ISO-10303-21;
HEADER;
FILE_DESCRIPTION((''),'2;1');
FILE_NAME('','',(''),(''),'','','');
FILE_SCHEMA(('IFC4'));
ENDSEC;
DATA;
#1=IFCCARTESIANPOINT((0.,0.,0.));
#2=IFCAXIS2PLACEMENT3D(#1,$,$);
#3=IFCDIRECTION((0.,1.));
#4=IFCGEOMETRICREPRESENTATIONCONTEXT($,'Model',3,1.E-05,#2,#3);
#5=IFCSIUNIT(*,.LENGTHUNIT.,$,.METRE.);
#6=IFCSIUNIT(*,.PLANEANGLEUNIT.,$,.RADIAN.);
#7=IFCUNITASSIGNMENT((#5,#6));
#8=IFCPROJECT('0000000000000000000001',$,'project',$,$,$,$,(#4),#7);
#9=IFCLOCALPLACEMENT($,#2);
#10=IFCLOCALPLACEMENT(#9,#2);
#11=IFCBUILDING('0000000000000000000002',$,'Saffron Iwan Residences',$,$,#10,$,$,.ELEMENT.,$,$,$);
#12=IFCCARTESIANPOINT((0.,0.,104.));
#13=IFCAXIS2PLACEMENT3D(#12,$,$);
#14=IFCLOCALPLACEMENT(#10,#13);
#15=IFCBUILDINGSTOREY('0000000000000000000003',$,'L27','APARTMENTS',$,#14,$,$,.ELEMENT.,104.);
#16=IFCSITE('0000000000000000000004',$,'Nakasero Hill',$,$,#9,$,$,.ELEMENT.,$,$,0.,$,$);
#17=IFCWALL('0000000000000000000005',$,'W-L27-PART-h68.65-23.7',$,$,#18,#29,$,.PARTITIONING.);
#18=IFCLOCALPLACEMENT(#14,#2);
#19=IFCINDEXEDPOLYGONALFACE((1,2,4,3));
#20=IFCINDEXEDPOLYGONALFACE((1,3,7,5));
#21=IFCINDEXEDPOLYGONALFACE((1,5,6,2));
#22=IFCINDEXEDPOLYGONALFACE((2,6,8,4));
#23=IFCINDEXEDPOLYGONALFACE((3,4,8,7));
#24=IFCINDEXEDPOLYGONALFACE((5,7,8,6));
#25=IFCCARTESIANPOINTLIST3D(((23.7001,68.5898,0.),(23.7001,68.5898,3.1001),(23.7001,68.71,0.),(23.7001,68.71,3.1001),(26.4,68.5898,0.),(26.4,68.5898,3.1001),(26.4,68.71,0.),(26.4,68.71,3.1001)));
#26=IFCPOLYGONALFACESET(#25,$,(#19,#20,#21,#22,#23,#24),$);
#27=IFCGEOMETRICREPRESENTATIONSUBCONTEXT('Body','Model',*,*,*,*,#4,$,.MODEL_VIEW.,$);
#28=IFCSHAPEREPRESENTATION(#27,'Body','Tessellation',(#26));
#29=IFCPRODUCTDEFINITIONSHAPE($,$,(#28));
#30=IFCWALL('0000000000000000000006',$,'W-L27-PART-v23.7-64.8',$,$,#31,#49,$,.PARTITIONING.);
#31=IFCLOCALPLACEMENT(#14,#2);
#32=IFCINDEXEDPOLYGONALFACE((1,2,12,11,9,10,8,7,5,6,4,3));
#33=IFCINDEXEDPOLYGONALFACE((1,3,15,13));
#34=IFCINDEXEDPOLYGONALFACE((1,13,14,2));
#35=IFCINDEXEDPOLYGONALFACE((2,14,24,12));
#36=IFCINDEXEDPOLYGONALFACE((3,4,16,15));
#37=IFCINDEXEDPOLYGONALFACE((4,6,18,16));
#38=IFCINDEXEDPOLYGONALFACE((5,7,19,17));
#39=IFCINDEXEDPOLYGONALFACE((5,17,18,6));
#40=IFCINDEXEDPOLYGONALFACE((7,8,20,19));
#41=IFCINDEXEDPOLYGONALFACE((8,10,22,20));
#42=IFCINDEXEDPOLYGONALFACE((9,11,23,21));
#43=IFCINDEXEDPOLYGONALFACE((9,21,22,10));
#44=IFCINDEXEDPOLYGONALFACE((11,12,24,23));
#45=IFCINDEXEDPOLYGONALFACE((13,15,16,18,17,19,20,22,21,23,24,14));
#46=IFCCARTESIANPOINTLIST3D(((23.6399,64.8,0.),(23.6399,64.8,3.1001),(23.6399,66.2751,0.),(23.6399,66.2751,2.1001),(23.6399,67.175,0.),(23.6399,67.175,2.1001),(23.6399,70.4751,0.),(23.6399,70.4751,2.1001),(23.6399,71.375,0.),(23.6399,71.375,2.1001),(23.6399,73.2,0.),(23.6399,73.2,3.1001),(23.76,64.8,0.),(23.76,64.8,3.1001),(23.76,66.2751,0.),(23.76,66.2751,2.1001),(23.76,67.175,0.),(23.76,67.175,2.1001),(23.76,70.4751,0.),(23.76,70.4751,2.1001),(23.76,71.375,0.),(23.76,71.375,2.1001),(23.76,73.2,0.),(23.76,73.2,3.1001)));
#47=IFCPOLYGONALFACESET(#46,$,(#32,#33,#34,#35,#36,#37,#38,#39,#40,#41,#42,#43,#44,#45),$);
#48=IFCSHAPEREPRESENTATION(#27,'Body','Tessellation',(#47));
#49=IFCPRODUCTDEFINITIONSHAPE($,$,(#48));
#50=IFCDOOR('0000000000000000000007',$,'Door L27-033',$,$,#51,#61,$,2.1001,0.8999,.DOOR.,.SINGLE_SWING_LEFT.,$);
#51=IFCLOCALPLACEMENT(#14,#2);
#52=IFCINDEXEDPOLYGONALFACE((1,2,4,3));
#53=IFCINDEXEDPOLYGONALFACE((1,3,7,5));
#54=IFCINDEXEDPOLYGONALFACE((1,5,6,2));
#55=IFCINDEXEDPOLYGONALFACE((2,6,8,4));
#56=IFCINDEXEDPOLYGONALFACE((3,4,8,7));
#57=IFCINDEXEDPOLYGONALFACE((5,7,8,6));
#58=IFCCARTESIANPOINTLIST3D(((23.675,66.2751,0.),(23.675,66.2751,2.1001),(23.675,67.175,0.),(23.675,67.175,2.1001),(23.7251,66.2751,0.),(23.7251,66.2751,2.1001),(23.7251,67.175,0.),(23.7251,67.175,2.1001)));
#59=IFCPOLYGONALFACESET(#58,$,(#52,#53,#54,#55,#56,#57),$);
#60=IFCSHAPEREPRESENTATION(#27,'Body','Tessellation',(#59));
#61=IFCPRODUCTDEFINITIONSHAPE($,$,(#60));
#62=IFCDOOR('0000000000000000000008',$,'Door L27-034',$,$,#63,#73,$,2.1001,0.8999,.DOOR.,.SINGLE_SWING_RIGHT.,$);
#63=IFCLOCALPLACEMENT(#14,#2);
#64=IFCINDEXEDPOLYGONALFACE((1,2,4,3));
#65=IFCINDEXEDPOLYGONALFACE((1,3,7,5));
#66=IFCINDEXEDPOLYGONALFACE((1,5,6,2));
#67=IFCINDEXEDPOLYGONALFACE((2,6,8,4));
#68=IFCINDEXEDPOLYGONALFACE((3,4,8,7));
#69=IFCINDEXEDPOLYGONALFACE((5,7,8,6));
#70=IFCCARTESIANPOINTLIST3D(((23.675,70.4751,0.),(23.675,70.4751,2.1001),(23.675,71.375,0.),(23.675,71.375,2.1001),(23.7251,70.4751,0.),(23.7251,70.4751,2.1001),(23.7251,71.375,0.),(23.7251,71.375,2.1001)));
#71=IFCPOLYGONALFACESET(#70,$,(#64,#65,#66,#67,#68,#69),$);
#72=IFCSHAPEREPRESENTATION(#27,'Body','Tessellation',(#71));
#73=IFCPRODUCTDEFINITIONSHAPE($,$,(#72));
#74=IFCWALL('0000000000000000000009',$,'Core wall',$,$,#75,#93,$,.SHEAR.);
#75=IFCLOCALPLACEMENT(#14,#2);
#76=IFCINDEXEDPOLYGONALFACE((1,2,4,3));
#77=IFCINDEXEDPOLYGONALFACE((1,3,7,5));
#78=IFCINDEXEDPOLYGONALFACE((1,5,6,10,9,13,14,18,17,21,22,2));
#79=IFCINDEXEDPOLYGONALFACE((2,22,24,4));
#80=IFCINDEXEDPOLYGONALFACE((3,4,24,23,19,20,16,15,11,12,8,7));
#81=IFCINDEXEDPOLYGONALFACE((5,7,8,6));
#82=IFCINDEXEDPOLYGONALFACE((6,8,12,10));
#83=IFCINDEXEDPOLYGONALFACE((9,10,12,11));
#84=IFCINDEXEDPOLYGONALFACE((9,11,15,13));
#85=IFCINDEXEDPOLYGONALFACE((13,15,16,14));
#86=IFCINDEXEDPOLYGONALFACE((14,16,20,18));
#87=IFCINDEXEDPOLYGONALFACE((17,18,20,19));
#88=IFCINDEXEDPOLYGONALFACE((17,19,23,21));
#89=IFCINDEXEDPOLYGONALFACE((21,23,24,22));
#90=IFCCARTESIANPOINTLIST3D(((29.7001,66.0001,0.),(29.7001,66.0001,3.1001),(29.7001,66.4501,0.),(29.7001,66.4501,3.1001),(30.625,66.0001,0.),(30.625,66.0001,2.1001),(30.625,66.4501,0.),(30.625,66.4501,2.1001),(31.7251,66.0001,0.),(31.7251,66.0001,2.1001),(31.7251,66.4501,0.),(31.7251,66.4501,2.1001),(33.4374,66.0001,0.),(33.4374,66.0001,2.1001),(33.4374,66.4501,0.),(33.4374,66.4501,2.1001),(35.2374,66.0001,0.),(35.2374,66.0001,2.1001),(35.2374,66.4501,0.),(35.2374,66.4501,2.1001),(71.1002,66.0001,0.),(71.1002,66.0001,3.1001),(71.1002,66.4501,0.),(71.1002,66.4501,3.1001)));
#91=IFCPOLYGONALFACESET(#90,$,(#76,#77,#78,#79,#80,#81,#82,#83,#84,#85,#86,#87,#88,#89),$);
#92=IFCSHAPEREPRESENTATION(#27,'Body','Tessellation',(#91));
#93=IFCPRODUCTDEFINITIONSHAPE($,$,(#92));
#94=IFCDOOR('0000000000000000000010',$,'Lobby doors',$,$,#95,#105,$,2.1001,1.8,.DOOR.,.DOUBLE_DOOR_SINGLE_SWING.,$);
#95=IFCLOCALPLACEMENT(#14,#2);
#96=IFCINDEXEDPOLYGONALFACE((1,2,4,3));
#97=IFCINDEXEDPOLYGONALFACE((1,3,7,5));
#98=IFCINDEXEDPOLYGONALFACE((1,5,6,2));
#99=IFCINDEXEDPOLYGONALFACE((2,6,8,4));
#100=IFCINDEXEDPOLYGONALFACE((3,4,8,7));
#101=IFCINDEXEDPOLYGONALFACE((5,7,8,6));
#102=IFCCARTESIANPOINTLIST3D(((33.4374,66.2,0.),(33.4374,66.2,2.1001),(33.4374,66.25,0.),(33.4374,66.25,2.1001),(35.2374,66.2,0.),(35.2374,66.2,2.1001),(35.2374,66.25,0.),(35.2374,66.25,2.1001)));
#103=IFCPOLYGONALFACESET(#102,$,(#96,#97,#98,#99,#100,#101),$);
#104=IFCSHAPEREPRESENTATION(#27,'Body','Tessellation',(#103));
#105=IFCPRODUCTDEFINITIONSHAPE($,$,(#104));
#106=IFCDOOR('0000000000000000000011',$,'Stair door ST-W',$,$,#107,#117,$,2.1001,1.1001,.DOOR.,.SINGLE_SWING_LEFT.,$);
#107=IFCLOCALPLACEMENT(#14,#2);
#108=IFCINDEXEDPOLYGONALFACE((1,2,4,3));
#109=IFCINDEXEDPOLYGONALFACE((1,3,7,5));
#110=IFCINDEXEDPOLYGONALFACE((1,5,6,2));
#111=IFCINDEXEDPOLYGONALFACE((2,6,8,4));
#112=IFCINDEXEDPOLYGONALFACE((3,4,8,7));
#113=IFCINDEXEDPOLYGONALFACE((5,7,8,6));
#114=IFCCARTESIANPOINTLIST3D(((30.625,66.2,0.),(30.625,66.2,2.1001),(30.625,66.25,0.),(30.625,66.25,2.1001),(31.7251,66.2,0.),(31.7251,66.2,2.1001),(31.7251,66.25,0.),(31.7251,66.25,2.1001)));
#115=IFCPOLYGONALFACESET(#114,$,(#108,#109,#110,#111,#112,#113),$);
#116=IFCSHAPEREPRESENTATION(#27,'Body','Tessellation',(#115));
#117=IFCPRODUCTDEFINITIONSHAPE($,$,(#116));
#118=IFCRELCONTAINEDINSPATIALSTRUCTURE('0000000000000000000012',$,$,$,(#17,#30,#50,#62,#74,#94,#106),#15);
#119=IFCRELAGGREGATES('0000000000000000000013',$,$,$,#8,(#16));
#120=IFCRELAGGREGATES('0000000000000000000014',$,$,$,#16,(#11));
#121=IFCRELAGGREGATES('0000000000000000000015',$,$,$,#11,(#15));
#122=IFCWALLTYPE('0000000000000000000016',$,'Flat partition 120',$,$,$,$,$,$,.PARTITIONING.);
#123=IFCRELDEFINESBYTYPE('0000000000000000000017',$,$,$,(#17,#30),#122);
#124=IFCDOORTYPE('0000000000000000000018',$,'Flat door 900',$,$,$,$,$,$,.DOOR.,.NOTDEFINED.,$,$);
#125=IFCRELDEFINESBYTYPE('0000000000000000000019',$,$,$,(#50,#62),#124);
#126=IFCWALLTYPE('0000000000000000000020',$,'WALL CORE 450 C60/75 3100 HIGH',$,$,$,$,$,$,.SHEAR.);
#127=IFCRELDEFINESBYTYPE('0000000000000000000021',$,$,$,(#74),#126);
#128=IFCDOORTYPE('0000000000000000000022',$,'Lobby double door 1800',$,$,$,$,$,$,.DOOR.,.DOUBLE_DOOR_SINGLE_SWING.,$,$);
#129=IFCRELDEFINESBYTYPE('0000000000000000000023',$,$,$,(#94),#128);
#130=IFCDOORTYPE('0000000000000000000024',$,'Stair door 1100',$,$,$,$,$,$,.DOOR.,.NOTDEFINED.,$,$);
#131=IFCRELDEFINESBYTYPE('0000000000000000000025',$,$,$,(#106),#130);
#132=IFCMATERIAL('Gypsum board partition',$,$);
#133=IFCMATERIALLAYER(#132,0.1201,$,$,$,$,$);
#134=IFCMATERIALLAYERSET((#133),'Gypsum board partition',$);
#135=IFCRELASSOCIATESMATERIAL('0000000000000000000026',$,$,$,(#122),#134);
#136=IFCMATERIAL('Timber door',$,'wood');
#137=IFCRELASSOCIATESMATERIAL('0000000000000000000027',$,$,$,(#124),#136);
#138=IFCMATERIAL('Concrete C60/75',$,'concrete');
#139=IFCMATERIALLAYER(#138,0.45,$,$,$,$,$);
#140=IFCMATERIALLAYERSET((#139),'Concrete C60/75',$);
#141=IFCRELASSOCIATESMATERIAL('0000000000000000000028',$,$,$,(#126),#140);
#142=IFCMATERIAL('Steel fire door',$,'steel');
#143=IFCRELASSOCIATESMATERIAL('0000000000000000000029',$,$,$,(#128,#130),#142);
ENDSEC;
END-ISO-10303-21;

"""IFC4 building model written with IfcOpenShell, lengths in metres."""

from ifc_helpers import new_model, si_unit, direction, frame, frame_2d, origin, place, context, subcontext, project, spatial, rectangle, extrude, material, layer, layer_set, type_object, element, fill, save


model = new_model("IFC4")

# Units and contexts
model_context = context("Model", 3, precision=1e-05, world=origin(), true_north=direction((0.0, 1.0)))
body_context = subcontext(model_context, "Body", "Model", "MODEL_VIEW")
ifc_project = project(units=[si_unit("LENGTHUNIT", "METRE"), si_unit("PLANEANGLEUNIT", "RADIAN")], contexts=[model_context])

# Site, building, storey
site_placement = place(None, origin())
site = spatial("IfcSite", under=ifc_project, at=site_placement, Name="Nakasero Hill", CompositionType="ELEMENT", RefElevation=0.0)
building_placement = place(site_placement, origin())
building = spatial("IfcBuilding", under=site, at=building_placement, Name="Saffron Iwan Residences", CompositionType="ELEMENT")
storey_placement = place(building_placement, frame((0.0, 0.0, 104.0)))
storey = spatial("IfcBuildingStorey", under=building, at=storey_placement, Name="L27", Description="APARTMENTS", CompositionType="ELEMENT", Elevation=104.0)

# Wall
ifc_material_1 = material(Name="Gypsum board partition")
ifc_layer_1 = layer(ifc_material_1, 0.1201)
ifc_layer_set_1 = layer_set([ifc_layer_1], Name="Gypsum board partition")
wall_type_1 = type_object("IfcWallType", Name="Flat partition 120", PredefinedType="PARTITIONING", material=ifc_layer_set_1)
wall_1_placement = place(storey_placement, frame((23.7, 68.6499, 0.0), z_axis=(0.0, 0.0, 1.0), x_axis=(1.0, 0.0, 0.0)))
element("IfcWall", 1, at=wall_1_placement, inside=storey, type_object=wall_type_1, Name="W-L27-PART-h68.65-23.7", PredefinedType="PARTITIONING", context=body_context, shape_type="SweptSolid", body=[
    extrude(rectangle(XDim=2.7, YDim=0.1201, at=frame_2d((1.3501, 0.0))), origin(), (0.0, 0.0, 1.0), 3.1001),
])

# Walls, openings, doors
wall_2_placement = place(storey_placement, frame((23.7, 64.8, 0.0), z_axis=(0.0, 0.0, 1.0), x_axis=(0.0, 1.0, 0.0)))
wall_2 = element("IfcWall", 2, at=wall_2_placement, inside=storey, type_object=wall_type_1, Name="W-L27-PART-v23.7-64.8", PredefinedType="PARTITIONING", context=body_context, shape_type="SweptSolid", body=[
    extrude(rectangle(XDim=8.3999, YDim=0.1201, at=frame_2d((4.2, 0.0))), origin(), (0.0, 0.0, 1.0), 3.1001),
])
opening_1_placement = place(wall_2_placement, frame((1.4751, 0.0, 0.0)))
opening_1 = element("IfcOpeningElement", 3, at=opening_1_placement, cuts=wall_2, PredefinedType="OPENING", context=body_context, shape_type="SweptSolid", body=[
    extrude(rectangle(XDim=0.8999, YDim=2.1001, at=frame_2d((0.45, 1.05))), frame((0.0, 0.0701, 0.0), z_axis=(0.0, -1.0, 0.0), x_axis=(1.0, 0.0, 0.0)), (0.0, 0.0, 1.0), 0.1401),
])
opening_2_placement = place(wall_2_placement, frame((5.675, 0.0, 0.0)))
opening_2 = element("IfcOpeningElement", 4, at=opening_2_placement, cuts=wall_2, PredefinedType="OPENING", context=body_context, shape_type="SweptSolid", body=[
    extrude(rectangle(XDim=0.8999, YDim=2.1001, at=frame_2d((0.45, 1.05))), frame((0.0, 0.0701, 0.0), z_axis=(0.0, -1.0, 0.0), x_axis=(1.0, 0.0, 0.0)), (0.0, 0.0, 1.0), 0.1401),
])
ifc_material_2 = material(Name="Timber door", Category="wood")
door_type_1 = type_object("IfcDoorType", Name="Flat door 900", OperationType="NOTDEFINED", PredefinedType="DOOR", material=ifc_material_2)
door_1_placement = place(opening_1_placement, origin())
door_1 = element("IfcDoor", 5, at=door_1_placement, inside=storey, type_object=door_type_1, Name="Door L27-033", OperationType="SINGLE_SWING_LEFT", OverallHeight=2.1001, OverallWidth=0.8999, PredefinedType="DOOR", context=body_context, shape_type="SweptSolid", body=[
    extrude(rectangle(XDim=0.8999, YDim=2.1001, at=frame_2d((0.45, 1.05))), frame((0.0, 0.0249, 0.0), z_axis=(0.0, -1.0, 0.0), x_axis=(1.0, 0.0, 0.0)), (0.0, 0.0, 1.0), 0.05),
])
fill(opening_1, door_1)
door_2_placement = place(opening_2_placement, origin())
door_2 = element("IfcDoor", 6, at=door_2_placement, inside=storey, type_object=door_type_1, Name="Door L27-034", OperationType="SINGLE_SWING_RIGHT", OverallHeight=2.1001, OverallWidth=0.8999, PredefinedType="DOOR", context=body_context, shape_type="SweptSolid", body=[
    extrude(rectangle(XDim=0.8999, YDim=2.1001, at=frame_2d((0.45, 1.05))), frame((0.0, 0.0249, 0.0), z_axis=(0.0, -1.0, 0.0), x_axis=(1.0, 0.0, 0.0)), (0.0, 0.0, 1.0), 0.05),
])
fill(opening_2, door_2)
ifc_material_3 = material(Name="Concrete C60/75", Category="concrete")
ifc_layer_2 = layer(ifc_material_3, 0.45)
ifc_layer_set_2 = layer_set([ifc_layer_2], Name="Concrete C60/75")
wall_type_2 = type_object("IfcWallType", Name="WALL CORE 450 C60/75 3100 HIGH", PredefinedType="SHEAR", material=ifc_layer_set_2)
wall_3_placement = place(storey_placement, frame((29.7, 66.2251, 0.0), z_axis=(0.0, 0.0, 1.0), x_axis=(1.0, 0.0, 0.0)))
wall_3 = element("IfcWall", 7, at=wall_3_placement, inside=storey, type_object=wall_type_2, Name="Core wall", PredefinedType="SHEAR", context=body_context, shape_type="SweptSolid", body=[
    extrude(rectangle(XDim=41.4001, YDim=0.45, at=frame_2d((20.7002, 0.0))), origin(), (0.0, 0.0, 1.0), 3.1001),
])
opening_3_placement = place(wall_3_placement, frame((0.925, 0.0, 0.0)))
opening_3 = element("IfcOpeningElement", 8, at=opening_3_placement, cuts=wall_3, PredefinedType="OPENING", context=body_context, shape_type="SweptSolid", body=[
    extrude(rectangle(XDim=1.1001, YDim=2.1001, at=frame_2d((0.55, 1.05))), frame((0.0, 0.2349, 0.0), z_axis=(0.0, -1.0, 0.0), x_axis=(1.0, 0.0, 0.0)), (0.0, 0.0, 1.0), 0.47),
])
opening_4_placement = place(wall_3_placement, frame((3.7375, 0.0, 0.0)))
opening_4 = element("IfcOpeningElement", 9, at=opening_4_placement, cuts=wall_3, PredefinedType="OPENING", context=body_context, shape_type="SweptSolid", body=[
    extrude(rectangle(XDim=1.8, YDim=2.1001, at=frame_2d((0.8999, 1.05))), frame((0.0, 0.2349, 0.0), z_axis=(0.0, -1.0, 0.0), x_axis=(1.0, 0.0, 0.0)), (0.0, 0.0, 1.0), 0.47),
])
ifc_material_4 = material(Name="Steel fire door", Category="steel")
door_type_2 = type_object("IfcDoorType", Name="Lobby double door 1800", OperationType="DOUBLE_DOOR_SINGLE_SWING", PredefinedType="DOOR", material=ifc_material_4)
door_3_placement = place(opening_4_placement, origin())
door_3 = element("IfcDoor", 10, at=door_3_placement, inside=storey, type_object=door_type_2, Name="Lobby doors", OperationType="DOUBLE_DOOR_SINGLE_SWING", OverallHeight=2.1001, OverallWidth=1.8, PredefinedType="DOOR", context=body_context, shape_type="SweptSolid", body=[
    extrude(rectangle(XDim=1.8, YDim=2.1001, at=frame_2d((0.8999, 1.05))), frame((0.0, 0.0249, 0.0), z_axis=(0.0, -1.0, 0.0), x_axis=(1.0, 0.0, 0.0)), (0.0, 0.0, 1.0), 0.05),
])
fill(opening_4, door_3)
door_type_3 = type_object("IfcDoorType", Name="Stair door 1100", OperationType="NOTDEFINED", PredefinedType="DOOR", material=ifc_material_4)
door_4_placement = place(opening_3_placement, origin())
door_4 = element("IfcDoor", 11, at=door_4_placement, inside=storey, type_object=door_type_3, Name="Stair door ST-W", OperationType="SINGLE_SWING_LEFT", OverallHeight=2.1001, OverallWidth=1.1001, PredefinedType="DOOR", context=body_context, shape_type="SweptSolid", body=[
    extrude(rectangle(XDim=1.1001, YDim=2.1001, at=frame_2d((0.55, 1.05))), frame((0.0, 0.0249, 0.0), z_axis=(0.0, -1.0, 0.0), x_axis=(1.0, 0.0, 0.0)), (0.0, 0.0, 1.0), 0.05),
])
fill(opening_3, door_4)

save(model, "model.ifc")
